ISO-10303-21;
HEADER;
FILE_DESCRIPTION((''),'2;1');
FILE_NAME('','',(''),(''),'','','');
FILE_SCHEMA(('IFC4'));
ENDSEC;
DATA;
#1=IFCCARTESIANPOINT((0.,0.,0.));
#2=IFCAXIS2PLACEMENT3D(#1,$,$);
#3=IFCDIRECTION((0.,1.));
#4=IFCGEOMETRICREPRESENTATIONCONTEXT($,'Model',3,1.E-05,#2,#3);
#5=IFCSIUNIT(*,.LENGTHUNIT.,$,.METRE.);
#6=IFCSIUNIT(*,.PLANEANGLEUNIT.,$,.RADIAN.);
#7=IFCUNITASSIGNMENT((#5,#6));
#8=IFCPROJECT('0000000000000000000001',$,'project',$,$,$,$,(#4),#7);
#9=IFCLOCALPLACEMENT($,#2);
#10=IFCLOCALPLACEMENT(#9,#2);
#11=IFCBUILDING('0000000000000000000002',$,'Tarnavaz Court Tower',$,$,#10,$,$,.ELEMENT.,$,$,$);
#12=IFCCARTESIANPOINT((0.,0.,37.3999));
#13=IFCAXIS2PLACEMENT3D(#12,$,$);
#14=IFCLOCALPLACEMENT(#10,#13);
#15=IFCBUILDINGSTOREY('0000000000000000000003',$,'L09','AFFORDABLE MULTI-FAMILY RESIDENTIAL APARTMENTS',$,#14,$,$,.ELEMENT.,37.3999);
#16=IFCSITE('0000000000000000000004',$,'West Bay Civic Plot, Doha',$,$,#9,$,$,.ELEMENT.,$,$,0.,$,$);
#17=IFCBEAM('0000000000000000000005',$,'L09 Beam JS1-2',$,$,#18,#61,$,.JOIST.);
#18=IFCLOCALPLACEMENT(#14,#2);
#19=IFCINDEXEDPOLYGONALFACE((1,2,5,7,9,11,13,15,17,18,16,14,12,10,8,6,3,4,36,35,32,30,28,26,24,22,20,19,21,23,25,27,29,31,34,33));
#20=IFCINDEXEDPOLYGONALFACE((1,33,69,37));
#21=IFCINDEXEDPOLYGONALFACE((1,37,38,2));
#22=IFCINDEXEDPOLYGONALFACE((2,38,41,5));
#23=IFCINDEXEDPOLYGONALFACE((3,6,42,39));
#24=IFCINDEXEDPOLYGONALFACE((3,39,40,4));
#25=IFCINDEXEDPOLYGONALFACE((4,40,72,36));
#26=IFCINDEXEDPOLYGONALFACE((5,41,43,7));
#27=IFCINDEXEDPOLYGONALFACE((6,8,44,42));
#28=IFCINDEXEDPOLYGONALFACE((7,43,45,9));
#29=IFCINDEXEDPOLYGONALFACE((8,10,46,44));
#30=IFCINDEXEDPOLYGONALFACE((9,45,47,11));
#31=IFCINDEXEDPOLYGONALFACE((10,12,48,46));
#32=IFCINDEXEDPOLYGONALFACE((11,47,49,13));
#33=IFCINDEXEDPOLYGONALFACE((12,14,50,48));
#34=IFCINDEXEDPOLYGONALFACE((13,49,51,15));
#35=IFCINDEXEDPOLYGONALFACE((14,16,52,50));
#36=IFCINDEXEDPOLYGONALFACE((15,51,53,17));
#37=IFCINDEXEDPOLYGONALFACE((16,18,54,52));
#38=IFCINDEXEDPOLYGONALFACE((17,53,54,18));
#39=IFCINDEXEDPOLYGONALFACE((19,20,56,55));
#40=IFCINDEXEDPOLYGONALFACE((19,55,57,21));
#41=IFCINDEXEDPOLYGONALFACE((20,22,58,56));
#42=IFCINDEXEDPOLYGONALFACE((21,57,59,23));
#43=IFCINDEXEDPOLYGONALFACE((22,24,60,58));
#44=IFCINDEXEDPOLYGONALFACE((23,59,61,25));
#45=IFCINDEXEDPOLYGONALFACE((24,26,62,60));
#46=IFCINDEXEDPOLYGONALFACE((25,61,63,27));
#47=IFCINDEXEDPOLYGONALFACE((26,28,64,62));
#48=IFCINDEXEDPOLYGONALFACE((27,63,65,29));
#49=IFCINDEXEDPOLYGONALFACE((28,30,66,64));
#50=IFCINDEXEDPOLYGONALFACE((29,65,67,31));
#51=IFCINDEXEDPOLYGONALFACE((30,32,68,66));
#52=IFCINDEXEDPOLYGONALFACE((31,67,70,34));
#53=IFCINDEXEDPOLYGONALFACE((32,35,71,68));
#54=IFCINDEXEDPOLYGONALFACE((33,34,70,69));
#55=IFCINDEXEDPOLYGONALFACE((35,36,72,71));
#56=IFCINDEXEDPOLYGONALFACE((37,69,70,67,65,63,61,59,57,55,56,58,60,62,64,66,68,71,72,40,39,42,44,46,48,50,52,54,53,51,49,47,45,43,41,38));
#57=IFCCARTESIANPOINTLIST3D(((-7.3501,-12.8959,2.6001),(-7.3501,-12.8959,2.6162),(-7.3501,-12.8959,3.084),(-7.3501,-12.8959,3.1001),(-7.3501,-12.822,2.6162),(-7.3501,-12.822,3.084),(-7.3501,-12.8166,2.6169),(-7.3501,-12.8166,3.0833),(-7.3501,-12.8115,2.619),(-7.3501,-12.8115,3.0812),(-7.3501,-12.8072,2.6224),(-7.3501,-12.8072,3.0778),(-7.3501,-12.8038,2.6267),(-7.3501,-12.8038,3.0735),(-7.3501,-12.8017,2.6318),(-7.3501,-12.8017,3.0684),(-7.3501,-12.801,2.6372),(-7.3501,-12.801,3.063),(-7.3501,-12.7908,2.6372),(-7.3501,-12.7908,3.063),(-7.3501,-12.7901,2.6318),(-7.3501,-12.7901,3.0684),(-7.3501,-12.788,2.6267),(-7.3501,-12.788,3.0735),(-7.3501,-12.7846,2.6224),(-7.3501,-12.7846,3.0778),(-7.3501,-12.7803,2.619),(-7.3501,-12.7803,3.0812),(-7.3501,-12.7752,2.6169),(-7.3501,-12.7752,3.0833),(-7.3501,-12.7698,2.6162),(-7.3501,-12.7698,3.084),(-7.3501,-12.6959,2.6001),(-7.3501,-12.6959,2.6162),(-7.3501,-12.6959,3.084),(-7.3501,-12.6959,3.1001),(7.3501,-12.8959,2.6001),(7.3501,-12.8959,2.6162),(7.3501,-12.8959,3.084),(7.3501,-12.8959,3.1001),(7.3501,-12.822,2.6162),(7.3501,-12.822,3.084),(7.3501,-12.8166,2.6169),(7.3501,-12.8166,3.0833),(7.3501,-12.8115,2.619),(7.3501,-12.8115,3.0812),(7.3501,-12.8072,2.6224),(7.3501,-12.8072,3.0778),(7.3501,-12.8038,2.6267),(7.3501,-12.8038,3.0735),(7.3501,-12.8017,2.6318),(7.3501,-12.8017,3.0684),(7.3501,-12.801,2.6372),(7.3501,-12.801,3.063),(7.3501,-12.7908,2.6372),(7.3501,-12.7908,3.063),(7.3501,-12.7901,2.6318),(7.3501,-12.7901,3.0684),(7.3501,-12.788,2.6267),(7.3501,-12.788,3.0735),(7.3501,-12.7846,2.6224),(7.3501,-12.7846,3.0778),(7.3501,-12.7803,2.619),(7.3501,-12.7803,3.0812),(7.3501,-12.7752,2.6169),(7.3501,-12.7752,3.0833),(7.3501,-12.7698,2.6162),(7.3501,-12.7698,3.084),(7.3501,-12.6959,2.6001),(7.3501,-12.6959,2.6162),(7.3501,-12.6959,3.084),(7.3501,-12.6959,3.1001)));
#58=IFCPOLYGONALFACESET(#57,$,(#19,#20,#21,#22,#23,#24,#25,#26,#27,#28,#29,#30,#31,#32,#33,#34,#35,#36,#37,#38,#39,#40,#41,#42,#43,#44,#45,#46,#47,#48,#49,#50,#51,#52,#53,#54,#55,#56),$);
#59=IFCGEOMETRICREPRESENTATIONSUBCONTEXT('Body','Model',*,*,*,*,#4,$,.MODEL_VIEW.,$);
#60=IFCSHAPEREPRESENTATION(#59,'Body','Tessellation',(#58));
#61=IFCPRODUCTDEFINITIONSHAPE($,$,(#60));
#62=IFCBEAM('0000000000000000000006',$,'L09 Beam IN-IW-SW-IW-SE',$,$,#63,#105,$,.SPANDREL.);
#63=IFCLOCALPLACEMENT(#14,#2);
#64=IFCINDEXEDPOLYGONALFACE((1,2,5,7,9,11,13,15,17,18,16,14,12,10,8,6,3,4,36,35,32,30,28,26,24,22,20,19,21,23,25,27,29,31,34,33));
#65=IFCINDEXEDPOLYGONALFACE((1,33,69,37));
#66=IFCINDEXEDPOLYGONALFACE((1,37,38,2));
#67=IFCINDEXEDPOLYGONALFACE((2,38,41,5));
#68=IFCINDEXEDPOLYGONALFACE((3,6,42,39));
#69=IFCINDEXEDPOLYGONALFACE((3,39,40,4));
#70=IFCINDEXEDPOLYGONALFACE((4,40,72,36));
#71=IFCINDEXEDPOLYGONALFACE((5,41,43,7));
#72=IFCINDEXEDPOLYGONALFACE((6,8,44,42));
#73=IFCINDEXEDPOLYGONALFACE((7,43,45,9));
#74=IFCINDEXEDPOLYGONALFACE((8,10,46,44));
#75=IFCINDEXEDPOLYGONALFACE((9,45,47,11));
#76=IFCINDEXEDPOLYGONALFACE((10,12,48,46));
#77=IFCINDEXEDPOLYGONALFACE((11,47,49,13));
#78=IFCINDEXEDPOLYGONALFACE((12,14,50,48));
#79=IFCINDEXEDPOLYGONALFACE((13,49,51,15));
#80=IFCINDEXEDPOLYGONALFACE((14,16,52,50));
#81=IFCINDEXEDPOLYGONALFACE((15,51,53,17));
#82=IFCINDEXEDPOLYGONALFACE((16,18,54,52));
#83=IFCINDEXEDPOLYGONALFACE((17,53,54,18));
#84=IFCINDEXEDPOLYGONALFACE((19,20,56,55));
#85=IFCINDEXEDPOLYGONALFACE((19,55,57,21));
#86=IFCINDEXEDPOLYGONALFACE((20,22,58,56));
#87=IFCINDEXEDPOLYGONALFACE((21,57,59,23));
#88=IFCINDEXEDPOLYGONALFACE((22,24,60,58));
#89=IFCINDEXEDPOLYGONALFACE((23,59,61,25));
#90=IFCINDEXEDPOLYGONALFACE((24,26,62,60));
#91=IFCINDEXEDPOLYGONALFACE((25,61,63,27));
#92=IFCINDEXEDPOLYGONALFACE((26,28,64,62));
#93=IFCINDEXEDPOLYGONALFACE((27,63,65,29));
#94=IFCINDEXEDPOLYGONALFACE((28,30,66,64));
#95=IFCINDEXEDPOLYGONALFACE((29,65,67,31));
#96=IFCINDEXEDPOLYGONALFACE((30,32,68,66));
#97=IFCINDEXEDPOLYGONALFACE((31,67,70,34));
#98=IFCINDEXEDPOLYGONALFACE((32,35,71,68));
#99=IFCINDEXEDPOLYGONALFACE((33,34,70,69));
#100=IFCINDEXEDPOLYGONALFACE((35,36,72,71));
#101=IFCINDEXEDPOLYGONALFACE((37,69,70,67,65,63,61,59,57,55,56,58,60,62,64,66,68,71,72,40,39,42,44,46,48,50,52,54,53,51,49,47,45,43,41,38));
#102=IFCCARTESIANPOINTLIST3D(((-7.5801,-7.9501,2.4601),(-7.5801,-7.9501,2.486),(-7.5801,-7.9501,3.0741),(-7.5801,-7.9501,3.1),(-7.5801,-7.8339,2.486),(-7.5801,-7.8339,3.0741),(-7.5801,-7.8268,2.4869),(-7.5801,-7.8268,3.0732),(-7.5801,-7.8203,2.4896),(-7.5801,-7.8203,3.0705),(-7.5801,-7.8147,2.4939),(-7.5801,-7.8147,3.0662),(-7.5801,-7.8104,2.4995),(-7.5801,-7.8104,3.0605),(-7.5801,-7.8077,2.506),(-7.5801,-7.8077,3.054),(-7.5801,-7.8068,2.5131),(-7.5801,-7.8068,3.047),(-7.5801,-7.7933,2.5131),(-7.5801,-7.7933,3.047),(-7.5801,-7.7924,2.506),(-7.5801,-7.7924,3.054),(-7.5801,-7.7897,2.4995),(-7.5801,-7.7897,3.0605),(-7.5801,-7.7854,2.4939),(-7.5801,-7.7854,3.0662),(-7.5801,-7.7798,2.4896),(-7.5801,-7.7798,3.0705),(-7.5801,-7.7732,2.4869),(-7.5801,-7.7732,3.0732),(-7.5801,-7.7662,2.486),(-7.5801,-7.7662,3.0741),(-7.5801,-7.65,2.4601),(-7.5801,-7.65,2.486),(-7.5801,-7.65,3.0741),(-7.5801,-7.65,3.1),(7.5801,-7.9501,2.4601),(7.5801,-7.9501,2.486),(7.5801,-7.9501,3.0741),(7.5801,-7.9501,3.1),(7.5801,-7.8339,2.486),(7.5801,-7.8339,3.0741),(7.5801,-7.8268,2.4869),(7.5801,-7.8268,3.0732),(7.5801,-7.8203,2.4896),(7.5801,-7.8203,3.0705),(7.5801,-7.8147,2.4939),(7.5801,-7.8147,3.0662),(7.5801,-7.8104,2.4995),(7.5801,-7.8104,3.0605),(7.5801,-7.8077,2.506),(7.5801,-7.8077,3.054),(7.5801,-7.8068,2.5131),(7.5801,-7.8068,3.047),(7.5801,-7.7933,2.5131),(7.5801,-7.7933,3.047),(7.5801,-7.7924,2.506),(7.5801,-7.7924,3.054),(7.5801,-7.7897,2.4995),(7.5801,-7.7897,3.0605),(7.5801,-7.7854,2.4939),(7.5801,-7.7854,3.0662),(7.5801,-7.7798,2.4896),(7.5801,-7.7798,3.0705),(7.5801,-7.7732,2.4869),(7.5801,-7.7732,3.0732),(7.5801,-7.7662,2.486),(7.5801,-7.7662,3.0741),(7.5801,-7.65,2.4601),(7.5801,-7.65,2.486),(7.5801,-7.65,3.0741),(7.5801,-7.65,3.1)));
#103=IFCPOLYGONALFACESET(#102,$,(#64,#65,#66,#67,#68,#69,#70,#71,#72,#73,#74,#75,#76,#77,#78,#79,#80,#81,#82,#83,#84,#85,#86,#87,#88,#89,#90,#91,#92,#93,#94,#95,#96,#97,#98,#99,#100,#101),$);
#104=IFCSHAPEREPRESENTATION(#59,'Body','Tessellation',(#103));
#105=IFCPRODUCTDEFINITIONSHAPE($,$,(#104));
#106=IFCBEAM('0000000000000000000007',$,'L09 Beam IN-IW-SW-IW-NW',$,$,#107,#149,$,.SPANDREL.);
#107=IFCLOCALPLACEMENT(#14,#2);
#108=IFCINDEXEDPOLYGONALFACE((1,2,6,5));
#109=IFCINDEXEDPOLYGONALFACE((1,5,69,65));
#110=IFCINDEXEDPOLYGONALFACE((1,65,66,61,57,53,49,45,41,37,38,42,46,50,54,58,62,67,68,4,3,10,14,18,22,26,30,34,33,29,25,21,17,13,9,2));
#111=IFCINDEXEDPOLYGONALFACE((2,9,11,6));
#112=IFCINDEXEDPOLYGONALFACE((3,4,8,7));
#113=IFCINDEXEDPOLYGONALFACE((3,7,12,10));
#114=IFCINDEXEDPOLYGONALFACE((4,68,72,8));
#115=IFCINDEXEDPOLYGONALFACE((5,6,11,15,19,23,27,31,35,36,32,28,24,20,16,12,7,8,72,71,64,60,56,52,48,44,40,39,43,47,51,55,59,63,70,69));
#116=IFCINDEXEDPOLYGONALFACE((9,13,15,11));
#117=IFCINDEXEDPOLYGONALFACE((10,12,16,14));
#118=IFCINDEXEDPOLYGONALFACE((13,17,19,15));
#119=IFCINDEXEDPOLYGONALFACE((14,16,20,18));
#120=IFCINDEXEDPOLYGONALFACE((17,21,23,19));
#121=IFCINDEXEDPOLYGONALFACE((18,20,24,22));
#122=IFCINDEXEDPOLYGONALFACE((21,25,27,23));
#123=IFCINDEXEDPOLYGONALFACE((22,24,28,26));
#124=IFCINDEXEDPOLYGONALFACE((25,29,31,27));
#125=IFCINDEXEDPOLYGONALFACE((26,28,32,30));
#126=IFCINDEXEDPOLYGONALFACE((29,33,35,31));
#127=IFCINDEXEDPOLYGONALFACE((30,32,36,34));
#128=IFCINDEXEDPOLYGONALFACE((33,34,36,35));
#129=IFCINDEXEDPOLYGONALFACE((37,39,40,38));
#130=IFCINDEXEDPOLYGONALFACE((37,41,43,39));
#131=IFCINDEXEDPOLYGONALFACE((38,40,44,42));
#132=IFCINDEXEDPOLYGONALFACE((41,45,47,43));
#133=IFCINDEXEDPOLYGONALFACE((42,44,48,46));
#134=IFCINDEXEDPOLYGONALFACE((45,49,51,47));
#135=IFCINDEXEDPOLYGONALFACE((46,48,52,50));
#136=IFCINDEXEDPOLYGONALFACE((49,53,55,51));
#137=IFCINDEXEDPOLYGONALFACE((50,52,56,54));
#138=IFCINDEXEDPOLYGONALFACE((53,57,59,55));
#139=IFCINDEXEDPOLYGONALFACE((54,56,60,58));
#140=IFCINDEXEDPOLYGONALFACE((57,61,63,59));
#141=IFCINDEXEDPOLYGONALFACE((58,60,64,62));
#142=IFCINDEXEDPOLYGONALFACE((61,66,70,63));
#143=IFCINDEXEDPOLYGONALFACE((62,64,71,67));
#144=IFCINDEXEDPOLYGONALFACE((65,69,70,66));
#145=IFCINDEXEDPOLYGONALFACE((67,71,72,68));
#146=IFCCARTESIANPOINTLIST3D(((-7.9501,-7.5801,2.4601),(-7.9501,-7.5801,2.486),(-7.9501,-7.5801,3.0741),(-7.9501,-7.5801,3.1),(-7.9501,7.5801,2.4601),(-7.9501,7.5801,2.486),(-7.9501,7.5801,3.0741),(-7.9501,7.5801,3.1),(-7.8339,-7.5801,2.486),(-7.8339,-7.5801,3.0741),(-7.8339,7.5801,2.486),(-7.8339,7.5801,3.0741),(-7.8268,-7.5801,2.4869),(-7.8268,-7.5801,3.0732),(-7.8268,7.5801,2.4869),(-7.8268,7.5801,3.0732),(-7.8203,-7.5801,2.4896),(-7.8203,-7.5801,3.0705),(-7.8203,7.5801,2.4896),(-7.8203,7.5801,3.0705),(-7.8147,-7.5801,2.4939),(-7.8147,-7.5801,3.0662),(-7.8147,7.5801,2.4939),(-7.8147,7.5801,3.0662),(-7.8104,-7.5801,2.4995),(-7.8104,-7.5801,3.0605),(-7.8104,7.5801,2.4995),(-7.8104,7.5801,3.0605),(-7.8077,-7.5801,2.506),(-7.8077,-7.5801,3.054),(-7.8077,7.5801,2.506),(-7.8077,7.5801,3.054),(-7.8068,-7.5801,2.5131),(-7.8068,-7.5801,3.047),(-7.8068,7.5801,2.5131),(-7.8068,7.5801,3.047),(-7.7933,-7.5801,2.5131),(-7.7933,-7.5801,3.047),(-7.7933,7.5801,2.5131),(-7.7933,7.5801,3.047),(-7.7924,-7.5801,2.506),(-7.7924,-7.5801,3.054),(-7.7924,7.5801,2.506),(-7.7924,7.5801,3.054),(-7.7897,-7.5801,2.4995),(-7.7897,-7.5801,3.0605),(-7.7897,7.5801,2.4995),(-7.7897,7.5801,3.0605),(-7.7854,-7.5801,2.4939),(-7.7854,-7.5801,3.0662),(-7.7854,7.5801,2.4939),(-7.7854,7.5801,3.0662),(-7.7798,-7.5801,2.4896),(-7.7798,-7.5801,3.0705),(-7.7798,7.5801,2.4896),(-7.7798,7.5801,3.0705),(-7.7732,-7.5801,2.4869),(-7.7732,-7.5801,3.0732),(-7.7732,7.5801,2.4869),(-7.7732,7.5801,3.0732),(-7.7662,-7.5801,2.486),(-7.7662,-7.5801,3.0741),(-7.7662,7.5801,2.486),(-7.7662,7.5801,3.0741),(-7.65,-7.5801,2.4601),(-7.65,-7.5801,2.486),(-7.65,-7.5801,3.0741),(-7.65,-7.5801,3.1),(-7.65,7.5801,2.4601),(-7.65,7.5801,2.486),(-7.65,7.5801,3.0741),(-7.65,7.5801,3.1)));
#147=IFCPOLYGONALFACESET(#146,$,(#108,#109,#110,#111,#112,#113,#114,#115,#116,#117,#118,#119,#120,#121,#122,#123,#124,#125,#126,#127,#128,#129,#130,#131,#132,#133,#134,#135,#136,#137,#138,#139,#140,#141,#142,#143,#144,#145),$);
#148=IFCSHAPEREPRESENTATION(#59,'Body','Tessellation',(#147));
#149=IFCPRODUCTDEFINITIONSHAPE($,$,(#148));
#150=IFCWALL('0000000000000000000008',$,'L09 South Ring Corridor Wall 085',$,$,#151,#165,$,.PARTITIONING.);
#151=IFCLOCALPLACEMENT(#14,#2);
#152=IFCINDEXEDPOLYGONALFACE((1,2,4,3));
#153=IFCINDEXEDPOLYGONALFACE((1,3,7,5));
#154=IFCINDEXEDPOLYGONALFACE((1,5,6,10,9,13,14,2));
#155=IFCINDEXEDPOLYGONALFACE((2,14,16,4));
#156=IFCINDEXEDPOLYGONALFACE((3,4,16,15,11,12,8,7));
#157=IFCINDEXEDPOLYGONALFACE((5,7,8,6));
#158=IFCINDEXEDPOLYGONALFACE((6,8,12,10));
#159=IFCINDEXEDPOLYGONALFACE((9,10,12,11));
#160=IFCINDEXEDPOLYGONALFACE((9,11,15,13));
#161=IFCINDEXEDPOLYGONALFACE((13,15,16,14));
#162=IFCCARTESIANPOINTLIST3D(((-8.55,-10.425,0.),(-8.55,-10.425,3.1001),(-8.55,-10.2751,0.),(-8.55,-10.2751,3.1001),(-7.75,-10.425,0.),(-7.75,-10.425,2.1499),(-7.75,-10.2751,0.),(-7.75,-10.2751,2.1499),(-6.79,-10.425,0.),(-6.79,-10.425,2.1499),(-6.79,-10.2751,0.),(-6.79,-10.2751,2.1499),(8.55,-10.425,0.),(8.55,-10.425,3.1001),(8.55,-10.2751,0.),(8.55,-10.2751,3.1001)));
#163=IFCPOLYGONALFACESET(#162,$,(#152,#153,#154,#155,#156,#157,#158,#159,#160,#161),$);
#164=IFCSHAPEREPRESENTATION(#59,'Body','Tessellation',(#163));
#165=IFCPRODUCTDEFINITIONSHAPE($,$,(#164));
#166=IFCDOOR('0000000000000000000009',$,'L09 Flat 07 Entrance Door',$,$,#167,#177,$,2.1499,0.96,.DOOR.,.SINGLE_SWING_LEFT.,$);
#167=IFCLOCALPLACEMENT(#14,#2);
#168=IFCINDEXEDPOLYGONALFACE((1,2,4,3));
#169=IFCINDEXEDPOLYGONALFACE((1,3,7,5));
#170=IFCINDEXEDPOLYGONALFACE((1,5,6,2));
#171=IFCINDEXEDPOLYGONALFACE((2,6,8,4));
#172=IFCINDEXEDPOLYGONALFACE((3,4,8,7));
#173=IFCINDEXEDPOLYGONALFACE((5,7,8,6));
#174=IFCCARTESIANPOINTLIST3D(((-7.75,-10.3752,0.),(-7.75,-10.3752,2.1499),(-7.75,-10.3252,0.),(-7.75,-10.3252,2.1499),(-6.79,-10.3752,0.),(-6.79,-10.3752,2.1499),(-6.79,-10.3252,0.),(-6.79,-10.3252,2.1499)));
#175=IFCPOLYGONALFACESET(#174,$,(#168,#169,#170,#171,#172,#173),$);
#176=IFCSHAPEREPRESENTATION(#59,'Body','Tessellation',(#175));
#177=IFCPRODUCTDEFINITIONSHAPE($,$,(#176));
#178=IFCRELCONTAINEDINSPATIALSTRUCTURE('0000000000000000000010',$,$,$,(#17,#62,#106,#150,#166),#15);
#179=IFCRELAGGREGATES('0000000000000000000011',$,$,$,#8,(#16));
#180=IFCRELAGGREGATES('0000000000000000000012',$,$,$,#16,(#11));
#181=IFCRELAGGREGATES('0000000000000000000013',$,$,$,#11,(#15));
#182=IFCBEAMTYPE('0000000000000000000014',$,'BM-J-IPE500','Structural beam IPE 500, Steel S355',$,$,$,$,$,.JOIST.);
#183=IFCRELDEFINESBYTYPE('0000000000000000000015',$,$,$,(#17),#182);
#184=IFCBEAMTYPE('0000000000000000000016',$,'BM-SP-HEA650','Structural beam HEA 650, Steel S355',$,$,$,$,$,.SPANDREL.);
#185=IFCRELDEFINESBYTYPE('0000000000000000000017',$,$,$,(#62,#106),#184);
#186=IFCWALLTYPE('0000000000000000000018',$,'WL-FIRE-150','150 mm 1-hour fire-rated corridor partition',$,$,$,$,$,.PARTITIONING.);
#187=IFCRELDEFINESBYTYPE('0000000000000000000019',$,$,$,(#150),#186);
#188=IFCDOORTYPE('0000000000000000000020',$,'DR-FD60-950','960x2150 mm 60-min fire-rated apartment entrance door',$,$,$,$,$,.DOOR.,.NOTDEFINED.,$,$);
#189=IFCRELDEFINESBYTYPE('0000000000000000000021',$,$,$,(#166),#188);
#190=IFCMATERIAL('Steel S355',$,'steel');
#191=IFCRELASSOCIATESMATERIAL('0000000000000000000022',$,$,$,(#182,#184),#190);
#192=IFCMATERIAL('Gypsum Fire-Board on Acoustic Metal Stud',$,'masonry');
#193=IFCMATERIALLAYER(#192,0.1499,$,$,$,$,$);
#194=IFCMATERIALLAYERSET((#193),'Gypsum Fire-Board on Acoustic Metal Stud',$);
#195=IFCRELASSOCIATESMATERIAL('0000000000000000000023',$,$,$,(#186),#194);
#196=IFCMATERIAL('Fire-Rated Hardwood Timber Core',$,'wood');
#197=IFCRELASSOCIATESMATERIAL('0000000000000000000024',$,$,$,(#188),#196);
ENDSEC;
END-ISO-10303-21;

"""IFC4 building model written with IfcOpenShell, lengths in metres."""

from ifc_helpers import new_model, si_unit, direction, frame, frame_2d, origin, origin_2d, place, context, subcontext, project, spatial, rectangle, i_section, extrude, material, layer, layer_set, material_profile, profile_set, type_object, element, fill, save


model = new_model("IFC4")

# Units and contexts
model_context = context("Model", 3, precision=1e-05, world=origin(), true_north=direction((0.0, 1.0)))
body_context = subcontext(model_context, "Body", "Model", "MODEL_VIEW")
ifc_project = project(units=[si_unit("LENGTHUNIT", "METRE"), si_unit("PLANEANGLEUNIT", "RADIAN")], contexts=[model_context])

# Site, building, storey
site_placement = place(None, origin())
site = spatial("IfcSite", under=ifc_project, at=site_placement, Name="West Bay Civic Plot, Doha", CompositionType="ELEMENT", RefElevation=0.0)
building_placement = place(site_placement, origin())
building = spatial("IfcBuilding", under=site, at=building_placement, Name="Tarnavaz Court Tower", CompositionType="ELEMENT")
storey_placement = place(building_placement, frame((0.0, 0.0, 37.3999)))
storey = spatial("IfcBuildingStorey", under=building, at=storey_placement, Name="L09", Description="AFFORDABLE MULTI-FAMILY RESIDENTIAL APARTMENTS", CompositionType="ELEMENT", Elevation=37.3999)

# Beams
ifc_material_1 = material(Name="Steel S355", Category="steel")
ifc_material_profile_1 = material_profile(ifc_material_1, i_section(OverallWidth=0.2, OverallDepth=0.5, WebThickness=0.0103, FlangeThickness=0.0161, FilletRadius=0.021, at=origin_2d()), Name="IPE 500")
ifc_profile_set_1 = profile_set([ifc_material_profile_1], Name="Steel S355")
beam_type_1 = type_object("IfcBeamType", Name="BM-J-IPE500", Description="Structural beam IPE 500, Steel S355", PredefinedType="JOIST", material=ifc_profile_set_1)
beam_1_placement = place(storey_placement, frame((-7.3501, -12.7959, 2.8501), z_axis=(1.0, 0.0, 0.0), x_axis=(0.0, 1.0, 0.0)))
element("IfcBeam", 1, at=beam_1_placement, inside=storey, type_object=beam_type_1, Name="L09 Beam JS1-2", PredefinedType="JOIST", context=body_context, shape_type="SweptSolid", body=[
    extrude(i_section(OverallWidth=0.2, OverallDepth=0.5, WebThickness=0.0103, FlangeThickness=0.0161, FilletRadius=0.021, at=origin_2d()), origin(), (0.0, 0.0, 1.0), 14.7002),
])
ifc_material_profile_2 = material_profile(ifc_material_1, i_section(OverallWidth=0.3, OverallDepth=0.6399, WebThickness=0.0134, FlangeThickness=0.0259, FilletRadius=0.0271, at=origin_2d()), Name="HEA 650")
ifc_profile_set_2 = profile_set([ifc_material_profile_2], Name="Steel S355")
beam_type_2 = type_object("IfcBeamType", Name="BM-SP-HEA650", Description="Structural beam HEA 650, Steel S355", PredefinedType="SPANDREL", material=ifc_profile_set_2)
for number, where, z_axis, x_axis, name in (
    (2, (-7.5801, -7.8, 2.78), (1.0, 0.0, 0.0), (0.0, 1.0, 0.0), "L09 Beam IN-IW-SW-IW-SE"),
    (3, (-7.8, -7.5801, 2.78), (0.0, 1.0, 0.0), (-1.0, 0.0, 0.0), "L09 Beam IN-IW-SW-IW-NW"),
):
    element("IfcBeam", number, at=place(storey_placement, frame(where, z_axis=z_axis, x_axis=x_axis)), inside=storey, type_object=beam_type_2, Name=name, PredefinedType="SPANDREL", context=body_context, shape_type="SweptSolid", body=[
        extrude(i_section(OverallWidth=0.3, OverallDepth=0.6399, WebThickness=0.0134, FlangeThickness=0.0259, FilletRadius=0.0271, at=origin_2d()), origin(), (0.0, 0.0, 1.0), 15.1602),
    ])

# Wall, opening, door
ifc_material_2 = material(Name="Gypsum Fire-Board on Acoustic Metal Stud", Category="masonry")
ifc_layer_1 = layer(ifc_material_2, 0.1499)
ifc_layer_set_1 = layer_set([ifc_layer_1], Name="Gypsum Fire-Board on Acoustic Metal Stud")
wall_type_1 = type_object("IfcWallType", Name="WL-FIRE-150", Description="150 mm 1-hour fire-rated corridor partition", PredefinedType="PARTITIONING", material=ifc_layer_set_1)
wall_1_placement = place(storey_placement, frame((-8.55, -10.3501, 0.0), z_axis=(0.0, 0.0, 1.0), x_axis=(1.0, 0.0, 0.0)))
wall_1 = element("IfcWall", 4, at=wall_1_placement, inside=storey, type_object=wall_type_1, Name="L09 South Ring Corridor Wall 085", PredefinedType="PARTITIONING", context=body_context, shape_type="SweptSolid", body=[
    extrude(rectangle(XDim=17.1001, YDim=0.1499, at=frame_2d((8.55, 0.0))), origin(), (0.0, 0.0, 1.0), 3.1001),
])
opening_1_placement = place(wall_1_placement, frame((0.8, 0.0, 0.0)))
opening_1 = element("IfcOpeningElement", 5, at=opening_1_placement, cuts=wall_1, PredefinedType="OPENING", context=body_context, shape_type="SweptSolid", body=[
    extrude(rectangle(XDim=0.96, YDim=2.1499, at=frame_2d((0.48, 1.075))), frame((0.0, 0.085, 0.0), z_axis=(0.0, -1.0, 0.0), x_axis=(1.0, 0.0, 0.0)), (0.0, 0.0, 1.0), 0.1699),
])
ifc_material_3 = material(Name="Fire-Rated Hardwood Timber Core", Category="wood")
door_type_1 = type_object("IfcDoorType", Name="DR-FD60-950", Description="960x2150 mm 60-min fire-rated apartment entrance door", OperationType="NOTDEFINED", PredefinedType="DOOR", material=ifc_material_3)
door_1_placement = place(opening_1_placement, origin())
door_1 = element("IfcDoor", 6, at=door_1_placement, inside=storey, type_object=door_type_1, Name="L09 Flat 07 Entrance Door", OperationType="SINGLE_SWING_LEFT", OverallHeight=2.1499, OverallWidth=0.96, PredefinedType="DOOR", context=body_context, shape_type="SweptSolid", body=[
    extrude(rectangle(XDim=0.96, YDim=2.1499, at=frame_2d((0.48, 1.075))), frame((0.0, 0.0249, 0.0), z_axis=(0.0, -1.0, 0.0), x_axis=(1.0, 0.0, 0.0)), (0.0, 0.0, 1.0), 0.05),
])
fill(opening_1, door_1)

save(model, "model.ifc")
